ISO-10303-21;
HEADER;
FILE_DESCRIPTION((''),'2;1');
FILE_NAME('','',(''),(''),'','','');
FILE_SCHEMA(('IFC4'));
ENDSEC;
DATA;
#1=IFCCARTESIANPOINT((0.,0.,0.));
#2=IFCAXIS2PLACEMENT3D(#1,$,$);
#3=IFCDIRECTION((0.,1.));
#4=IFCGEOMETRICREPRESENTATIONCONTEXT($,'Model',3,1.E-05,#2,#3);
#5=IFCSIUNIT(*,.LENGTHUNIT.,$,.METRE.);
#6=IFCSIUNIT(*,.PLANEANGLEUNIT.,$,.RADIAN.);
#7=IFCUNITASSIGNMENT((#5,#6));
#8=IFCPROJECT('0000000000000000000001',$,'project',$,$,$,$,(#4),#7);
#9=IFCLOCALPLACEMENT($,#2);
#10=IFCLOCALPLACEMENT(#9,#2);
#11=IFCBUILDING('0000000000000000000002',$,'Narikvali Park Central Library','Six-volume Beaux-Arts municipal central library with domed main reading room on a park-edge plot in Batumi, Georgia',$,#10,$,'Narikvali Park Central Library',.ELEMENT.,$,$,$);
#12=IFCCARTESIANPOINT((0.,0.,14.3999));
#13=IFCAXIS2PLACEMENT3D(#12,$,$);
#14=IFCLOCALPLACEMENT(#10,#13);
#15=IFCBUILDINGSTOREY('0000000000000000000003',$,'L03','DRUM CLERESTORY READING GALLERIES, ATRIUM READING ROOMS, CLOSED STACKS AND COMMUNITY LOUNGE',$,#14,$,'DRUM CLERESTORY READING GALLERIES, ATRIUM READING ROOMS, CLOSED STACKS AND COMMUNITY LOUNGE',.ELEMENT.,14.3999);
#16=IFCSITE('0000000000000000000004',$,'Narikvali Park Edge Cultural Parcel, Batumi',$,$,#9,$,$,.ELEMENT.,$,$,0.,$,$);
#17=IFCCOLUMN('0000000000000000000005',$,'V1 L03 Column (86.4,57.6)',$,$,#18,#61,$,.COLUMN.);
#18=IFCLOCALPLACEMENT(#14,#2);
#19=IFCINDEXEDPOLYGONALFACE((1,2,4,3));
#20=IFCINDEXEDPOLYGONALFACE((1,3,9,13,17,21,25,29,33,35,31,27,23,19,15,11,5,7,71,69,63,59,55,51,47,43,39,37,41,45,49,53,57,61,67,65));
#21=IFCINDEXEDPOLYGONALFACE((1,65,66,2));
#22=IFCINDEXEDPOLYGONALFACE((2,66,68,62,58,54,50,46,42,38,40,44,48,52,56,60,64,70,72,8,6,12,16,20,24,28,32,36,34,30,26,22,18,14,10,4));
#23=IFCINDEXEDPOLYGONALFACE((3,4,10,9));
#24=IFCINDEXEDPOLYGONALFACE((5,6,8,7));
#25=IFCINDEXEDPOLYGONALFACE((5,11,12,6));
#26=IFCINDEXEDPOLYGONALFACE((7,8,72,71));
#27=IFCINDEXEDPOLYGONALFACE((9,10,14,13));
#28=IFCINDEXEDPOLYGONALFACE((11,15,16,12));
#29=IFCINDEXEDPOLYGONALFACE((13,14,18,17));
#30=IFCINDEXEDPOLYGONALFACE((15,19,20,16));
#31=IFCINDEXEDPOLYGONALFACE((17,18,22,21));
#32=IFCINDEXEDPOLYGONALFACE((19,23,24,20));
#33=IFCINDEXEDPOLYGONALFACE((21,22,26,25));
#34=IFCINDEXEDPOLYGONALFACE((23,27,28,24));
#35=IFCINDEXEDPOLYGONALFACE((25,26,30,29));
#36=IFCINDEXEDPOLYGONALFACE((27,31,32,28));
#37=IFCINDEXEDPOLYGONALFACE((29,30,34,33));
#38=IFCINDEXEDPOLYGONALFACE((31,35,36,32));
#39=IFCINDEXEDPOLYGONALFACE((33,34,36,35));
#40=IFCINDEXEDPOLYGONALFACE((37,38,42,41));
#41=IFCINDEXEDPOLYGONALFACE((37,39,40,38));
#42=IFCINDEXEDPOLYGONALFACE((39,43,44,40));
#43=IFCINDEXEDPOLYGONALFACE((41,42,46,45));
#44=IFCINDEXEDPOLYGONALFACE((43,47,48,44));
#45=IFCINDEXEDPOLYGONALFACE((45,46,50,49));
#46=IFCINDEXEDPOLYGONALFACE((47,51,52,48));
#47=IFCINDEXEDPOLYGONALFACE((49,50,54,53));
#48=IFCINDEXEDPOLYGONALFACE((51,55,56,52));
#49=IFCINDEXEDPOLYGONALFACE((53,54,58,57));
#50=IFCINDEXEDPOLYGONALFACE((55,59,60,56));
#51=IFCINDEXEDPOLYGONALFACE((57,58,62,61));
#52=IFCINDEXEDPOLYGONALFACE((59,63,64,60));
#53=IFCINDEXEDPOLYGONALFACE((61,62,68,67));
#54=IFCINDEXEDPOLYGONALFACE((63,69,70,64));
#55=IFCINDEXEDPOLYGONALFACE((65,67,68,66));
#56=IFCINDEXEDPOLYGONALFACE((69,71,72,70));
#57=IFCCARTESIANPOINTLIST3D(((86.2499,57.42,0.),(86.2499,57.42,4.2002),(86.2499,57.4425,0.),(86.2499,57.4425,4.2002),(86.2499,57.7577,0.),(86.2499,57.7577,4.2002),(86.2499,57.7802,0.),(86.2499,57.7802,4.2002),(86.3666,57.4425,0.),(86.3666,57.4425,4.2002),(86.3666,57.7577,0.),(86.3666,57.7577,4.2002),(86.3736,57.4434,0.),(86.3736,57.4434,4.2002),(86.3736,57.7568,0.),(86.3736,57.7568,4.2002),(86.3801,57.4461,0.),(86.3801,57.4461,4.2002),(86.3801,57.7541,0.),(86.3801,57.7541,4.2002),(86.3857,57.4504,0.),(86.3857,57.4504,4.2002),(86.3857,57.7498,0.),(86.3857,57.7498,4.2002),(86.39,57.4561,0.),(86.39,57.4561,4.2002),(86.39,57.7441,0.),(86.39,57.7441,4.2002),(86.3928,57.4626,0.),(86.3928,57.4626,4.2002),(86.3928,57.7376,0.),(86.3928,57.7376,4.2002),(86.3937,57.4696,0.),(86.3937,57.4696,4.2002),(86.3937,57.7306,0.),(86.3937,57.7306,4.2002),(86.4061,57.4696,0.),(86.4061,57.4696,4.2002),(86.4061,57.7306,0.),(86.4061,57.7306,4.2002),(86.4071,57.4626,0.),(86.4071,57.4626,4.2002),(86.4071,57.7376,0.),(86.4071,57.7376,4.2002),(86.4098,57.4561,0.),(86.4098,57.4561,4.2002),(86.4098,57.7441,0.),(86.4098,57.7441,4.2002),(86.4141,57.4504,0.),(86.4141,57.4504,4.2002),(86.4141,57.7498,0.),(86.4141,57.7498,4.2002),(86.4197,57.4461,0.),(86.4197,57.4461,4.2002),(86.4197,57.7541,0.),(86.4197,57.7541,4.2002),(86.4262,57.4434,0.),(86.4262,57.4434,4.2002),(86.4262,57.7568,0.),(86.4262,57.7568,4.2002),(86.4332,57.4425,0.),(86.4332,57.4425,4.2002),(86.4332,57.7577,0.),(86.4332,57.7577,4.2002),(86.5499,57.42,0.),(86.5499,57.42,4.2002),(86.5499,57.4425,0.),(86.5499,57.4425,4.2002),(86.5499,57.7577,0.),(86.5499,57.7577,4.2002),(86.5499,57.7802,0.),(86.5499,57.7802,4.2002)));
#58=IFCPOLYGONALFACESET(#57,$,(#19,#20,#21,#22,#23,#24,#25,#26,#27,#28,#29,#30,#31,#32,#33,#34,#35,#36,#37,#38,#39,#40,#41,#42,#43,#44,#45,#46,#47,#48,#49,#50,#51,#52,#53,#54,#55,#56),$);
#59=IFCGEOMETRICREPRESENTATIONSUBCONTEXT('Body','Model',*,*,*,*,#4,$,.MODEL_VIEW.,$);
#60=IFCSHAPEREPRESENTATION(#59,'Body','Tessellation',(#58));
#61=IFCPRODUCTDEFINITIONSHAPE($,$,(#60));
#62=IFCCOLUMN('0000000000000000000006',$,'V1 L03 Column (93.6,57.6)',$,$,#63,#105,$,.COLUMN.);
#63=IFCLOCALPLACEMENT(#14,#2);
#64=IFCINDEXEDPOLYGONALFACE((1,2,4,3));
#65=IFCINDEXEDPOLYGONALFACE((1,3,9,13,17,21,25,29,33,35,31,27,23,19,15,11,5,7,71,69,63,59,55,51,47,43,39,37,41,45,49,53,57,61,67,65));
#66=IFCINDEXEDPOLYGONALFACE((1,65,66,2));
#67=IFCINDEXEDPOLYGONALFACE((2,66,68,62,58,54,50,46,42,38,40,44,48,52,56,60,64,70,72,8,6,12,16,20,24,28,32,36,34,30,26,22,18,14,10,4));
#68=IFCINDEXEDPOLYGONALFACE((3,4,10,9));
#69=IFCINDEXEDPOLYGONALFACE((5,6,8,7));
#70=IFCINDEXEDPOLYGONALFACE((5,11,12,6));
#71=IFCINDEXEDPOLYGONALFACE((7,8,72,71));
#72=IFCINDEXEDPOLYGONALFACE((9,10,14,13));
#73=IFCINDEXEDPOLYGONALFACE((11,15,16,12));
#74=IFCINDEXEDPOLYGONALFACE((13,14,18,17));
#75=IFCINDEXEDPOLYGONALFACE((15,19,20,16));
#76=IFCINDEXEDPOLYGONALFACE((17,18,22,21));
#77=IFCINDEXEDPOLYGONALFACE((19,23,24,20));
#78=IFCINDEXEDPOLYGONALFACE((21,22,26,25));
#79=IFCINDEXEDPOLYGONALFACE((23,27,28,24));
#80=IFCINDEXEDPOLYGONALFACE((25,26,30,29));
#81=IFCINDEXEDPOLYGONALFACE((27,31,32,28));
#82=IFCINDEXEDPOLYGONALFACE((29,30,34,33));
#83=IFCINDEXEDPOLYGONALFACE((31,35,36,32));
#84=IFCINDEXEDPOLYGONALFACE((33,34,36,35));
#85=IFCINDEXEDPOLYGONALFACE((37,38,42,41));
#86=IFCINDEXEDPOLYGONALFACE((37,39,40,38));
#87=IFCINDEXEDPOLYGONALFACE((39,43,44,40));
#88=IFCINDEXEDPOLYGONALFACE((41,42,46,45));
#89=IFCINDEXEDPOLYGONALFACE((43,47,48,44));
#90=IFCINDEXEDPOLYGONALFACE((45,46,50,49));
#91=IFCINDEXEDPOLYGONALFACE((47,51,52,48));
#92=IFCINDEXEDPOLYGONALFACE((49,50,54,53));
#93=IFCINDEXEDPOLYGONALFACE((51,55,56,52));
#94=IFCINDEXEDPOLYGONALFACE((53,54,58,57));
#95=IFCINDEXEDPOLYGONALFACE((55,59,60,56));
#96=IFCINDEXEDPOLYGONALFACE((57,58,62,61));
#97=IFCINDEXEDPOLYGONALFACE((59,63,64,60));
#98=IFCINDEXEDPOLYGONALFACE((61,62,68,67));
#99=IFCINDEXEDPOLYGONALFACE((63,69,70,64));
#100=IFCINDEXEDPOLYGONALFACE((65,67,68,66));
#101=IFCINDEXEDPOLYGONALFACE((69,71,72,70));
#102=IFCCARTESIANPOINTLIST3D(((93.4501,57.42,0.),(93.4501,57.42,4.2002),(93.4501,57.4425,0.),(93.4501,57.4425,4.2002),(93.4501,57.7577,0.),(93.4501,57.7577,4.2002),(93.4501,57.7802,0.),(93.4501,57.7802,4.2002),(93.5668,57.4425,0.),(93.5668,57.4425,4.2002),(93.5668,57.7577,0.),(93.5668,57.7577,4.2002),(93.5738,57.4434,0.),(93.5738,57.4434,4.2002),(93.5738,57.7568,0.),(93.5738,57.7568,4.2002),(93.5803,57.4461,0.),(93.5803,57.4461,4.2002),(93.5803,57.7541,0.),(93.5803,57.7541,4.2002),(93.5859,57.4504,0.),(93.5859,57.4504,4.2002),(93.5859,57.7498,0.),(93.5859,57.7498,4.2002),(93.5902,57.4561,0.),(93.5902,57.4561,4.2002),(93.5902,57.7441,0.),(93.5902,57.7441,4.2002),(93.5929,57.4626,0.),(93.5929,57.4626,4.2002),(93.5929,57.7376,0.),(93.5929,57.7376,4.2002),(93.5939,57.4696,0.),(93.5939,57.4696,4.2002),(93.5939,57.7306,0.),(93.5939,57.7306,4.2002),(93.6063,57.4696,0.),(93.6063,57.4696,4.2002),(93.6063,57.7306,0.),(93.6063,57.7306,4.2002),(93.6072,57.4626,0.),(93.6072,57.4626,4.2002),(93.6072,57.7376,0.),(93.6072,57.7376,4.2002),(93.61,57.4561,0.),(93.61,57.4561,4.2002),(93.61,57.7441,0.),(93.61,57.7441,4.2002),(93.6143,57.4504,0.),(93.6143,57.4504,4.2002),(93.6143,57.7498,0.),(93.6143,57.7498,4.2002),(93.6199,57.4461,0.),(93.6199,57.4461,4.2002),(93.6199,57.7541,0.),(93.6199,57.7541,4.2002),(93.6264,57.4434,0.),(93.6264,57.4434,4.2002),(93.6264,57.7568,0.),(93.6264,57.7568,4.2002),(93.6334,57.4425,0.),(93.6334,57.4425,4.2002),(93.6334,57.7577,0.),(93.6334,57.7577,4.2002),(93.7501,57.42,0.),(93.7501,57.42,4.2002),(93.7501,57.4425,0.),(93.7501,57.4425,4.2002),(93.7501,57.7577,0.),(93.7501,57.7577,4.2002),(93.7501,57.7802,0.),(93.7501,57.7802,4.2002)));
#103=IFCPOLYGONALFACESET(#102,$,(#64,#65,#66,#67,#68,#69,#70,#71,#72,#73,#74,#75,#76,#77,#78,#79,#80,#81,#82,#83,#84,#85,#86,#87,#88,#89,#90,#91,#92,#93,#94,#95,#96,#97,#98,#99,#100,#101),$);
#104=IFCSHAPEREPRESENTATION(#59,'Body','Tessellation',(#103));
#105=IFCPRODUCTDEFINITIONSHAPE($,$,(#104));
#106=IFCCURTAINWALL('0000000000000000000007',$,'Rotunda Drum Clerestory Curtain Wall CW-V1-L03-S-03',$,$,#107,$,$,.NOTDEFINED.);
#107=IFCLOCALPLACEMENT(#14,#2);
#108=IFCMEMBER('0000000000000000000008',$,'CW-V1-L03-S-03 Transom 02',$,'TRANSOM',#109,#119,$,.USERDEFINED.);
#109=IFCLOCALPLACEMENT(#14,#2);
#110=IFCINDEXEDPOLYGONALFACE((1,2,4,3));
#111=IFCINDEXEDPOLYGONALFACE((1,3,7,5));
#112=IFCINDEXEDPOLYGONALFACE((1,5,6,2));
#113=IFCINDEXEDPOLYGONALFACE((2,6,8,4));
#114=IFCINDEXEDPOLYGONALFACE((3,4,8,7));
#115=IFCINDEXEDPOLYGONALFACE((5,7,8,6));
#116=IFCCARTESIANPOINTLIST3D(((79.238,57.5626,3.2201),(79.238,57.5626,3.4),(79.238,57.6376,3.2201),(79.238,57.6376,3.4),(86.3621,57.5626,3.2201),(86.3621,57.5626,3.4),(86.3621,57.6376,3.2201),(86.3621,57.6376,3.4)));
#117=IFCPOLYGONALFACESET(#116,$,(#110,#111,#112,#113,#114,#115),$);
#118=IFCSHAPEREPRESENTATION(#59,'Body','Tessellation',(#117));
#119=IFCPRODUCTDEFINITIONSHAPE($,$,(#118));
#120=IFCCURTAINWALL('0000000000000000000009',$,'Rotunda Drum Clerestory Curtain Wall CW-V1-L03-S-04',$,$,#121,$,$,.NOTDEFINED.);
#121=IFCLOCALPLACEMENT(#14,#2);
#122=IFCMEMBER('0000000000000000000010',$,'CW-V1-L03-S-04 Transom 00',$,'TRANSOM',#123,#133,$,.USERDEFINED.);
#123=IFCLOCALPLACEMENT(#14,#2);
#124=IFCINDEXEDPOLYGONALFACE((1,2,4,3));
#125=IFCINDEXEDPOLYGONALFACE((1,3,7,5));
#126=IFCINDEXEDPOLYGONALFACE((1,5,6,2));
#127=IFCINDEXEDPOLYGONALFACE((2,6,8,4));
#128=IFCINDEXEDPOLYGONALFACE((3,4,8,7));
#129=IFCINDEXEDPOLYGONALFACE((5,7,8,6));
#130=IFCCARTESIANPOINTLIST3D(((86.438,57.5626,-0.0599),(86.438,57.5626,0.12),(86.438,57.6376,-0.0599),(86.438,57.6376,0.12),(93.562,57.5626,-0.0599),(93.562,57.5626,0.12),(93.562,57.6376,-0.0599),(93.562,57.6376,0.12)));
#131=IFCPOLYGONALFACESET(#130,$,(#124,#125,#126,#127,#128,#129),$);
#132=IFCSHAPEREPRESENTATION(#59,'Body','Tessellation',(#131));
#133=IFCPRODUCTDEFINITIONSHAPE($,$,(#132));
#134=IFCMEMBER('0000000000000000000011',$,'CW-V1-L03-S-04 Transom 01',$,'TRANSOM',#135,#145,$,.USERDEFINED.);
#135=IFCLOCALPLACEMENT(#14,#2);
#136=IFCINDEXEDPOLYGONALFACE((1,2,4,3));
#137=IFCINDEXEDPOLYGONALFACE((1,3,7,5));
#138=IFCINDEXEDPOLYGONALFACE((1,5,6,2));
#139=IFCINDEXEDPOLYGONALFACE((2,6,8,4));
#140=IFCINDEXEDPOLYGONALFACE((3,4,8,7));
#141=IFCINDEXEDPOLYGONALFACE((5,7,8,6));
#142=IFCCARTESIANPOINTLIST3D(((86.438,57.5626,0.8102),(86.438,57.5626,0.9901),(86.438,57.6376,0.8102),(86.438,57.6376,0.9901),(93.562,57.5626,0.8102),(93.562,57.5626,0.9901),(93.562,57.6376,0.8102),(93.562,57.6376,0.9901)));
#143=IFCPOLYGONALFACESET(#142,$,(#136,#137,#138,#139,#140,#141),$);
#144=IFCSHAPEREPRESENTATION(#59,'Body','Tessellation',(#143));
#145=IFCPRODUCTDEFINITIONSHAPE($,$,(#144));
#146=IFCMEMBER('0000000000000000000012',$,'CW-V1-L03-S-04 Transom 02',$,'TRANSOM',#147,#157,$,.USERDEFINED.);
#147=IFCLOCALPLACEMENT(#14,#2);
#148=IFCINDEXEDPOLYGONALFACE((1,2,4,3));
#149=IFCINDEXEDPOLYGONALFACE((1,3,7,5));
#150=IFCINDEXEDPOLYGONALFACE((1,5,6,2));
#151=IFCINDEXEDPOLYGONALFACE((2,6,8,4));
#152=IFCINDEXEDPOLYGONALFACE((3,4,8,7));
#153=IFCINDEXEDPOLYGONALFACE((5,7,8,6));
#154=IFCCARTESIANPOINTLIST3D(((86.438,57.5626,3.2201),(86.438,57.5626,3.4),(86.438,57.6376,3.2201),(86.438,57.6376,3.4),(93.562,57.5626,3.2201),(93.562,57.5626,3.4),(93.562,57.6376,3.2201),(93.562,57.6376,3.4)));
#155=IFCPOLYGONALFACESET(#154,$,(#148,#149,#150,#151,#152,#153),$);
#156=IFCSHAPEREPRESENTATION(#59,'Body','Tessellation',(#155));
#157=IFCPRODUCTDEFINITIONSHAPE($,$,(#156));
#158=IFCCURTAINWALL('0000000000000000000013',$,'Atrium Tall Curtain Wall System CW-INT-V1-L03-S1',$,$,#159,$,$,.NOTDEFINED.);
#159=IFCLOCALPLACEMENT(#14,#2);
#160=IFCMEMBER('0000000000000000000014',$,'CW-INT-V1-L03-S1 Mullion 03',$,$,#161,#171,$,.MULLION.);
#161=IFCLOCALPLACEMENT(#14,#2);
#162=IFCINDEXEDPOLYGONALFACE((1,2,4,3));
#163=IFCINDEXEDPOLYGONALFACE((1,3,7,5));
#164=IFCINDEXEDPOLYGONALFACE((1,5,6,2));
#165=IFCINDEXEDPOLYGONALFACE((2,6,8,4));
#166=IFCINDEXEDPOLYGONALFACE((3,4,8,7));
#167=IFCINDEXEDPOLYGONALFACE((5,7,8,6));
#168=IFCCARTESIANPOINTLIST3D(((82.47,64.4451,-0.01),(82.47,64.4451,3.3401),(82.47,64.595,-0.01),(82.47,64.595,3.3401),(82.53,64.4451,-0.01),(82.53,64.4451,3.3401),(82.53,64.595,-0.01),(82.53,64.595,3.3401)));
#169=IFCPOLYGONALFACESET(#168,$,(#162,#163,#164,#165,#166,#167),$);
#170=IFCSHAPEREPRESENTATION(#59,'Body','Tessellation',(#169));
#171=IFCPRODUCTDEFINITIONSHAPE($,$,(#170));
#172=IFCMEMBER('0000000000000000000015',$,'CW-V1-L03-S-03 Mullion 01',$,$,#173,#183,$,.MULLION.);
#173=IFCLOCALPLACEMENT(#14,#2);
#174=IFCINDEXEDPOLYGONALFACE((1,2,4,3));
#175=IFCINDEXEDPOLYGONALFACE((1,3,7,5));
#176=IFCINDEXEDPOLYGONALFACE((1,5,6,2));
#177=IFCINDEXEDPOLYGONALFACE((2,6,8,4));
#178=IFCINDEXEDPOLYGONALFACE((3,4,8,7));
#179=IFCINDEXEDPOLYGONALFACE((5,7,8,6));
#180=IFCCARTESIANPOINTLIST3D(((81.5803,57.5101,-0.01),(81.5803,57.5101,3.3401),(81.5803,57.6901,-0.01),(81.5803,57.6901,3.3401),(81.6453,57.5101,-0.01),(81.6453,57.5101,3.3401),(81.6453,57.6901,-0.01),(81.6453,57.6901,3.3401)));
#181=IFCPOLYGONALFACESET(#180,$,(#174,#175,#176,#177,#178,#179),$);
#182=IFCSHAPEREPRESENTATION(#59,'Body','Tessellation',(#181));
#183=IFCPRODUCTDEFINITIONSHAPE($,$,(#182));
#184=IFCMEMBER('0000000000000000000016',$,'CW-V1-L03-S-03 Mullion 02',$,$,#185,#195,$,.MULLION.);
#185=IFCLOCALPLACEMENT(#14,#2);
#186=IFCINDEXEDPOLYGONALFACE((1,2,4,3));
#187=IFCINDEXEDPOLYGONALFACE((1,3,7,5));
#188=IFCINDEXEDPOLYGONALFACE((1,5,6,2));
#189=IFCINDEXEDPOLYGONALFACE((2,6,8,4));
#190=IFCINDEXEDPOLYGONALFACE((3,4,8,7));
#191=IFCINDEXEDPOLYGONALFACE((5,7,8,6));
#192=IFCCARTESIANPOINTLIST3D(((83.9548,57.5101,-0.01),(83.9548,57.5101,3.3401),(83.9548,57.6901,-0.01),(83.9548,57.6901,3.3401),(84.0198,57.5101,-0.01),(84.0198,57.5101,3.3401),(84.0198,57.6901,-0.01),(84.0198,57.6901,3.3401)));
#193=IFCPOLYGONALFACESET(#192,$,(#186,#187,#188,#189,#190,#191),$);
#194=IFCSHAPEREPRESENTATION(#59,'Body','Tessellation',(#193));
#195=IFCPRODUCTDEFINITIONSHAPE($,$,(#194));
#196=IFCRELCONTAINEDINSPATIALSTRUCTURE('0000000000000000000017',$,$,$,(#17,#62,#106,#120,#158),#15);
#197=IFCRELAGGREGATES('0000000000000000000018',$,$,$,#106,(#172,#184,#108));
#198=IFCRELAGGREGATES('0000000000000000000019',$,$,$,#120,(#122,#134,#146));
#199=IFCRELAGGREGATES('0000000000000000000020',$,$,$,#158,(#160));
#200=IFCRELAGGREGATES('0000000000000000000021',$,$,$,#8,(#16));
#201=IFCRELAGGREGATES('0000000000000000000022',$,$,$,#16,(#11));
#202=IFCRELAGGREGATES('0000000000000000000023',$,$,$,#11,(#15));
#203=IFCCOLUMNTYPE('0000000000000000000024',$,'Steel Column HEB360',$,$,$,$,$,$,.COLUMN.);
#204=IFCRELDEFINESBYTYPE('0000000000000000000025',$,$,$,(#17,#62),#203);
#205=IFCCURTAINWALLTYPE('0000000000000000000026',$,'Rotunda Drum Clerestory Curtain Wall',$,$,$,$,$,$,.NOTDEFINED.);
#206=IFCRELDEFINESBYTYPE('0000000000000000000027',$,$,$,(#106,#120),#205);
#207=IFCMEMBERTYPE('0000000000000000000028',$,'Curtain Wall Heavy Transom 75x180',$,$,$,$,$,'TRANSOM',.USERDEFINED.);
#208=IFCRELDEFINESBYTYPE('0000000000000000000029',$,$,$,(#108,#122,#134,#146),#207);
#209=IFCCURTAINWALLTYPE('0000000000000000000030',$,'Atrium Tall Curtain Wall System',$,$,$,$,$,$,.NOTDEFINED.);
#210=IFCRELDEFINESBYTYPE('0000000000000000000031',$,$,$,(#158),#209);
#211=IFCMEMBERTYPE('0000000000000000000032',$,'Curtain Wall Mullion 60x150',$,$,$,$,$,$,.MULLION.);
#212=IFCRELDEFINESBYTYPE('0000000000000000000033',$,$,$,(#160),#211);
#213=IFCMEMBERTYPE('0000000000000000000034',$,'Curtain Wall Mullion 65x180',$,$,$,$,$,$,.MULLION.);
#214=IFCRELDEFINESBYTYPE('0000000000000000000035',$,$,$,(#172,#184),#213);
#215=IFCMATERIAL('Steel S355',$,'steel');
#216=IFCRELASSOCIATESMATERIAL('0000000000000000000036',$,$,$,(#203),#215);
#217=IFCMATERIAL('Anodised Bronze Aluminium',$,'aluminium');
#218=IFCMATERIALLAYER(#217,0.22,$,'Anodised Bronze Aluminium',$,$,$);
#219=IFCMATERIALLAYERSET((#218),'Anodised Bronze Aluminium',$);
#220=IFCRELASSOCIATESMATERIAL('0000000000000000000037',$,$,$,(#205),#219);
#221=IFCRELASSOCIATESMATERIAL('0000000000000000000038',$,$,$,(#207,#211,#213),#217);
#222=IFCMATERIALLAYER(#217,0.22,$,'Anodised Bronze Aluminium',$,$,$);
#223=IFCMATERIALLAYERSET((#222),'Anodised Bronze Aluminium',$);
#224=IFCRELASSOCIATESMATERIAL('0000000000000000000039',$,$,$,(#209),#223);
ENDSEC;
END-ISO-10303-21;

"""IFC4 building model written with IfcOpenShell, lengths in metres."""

from ifc_helpers import new_model, si_unit, direction, frame, origin, origin_2d, place, context, subcontext, project, spatial, rectangle, i_section, extrude, material, layer, layer_set, material_profile, profile_set, type_object, element, aggregate, save


model = new_model("IFC4")

# Units and contexts
model_context = context("Model", 3, precision=1e-05, world=origin(), true_north=direction((0.0, 1.0)))
body_context = subcontext(model_context, "Body", "Model", "MODEL_VIEW")
ifc_project = project(units=[si_unit("LENGTHUNIT", "METRE"), si_unit("PLANEANGLEUNIT", "RADIAN")], contexts=[model_context])

# Site, building, storey
site_placement = place(None, origin())
site = spatial("IfcSite", under=ifc_project, at=site_placement, Name="Narikvali Park Edge Cultural Parcel, Batumi", CompositionType="ELEMENT", RefElevation=0.0)
building_placement = place(site_placement, origin())
building = spatial("IfcBuilding", under=site, at=building_placement, Name="Narikvali Park Central Library", Description="Six-volume Beaux-Arts municipal central library with domed main reading room on a park-edge plot in Batumi, Georgia", LongName="Narikvali Park Central Library", CompositionType="ELEMENT")
storey_placement = place(building_placement, frame((0.0, 0.0, 14.3999)))
storey = spatial("IfcBuildingStorey", under=building, at=storey_placement, Name="L03", Description="DRUM CLERESTORY READING GALLERIES, ATRIUM READING ROOMS, CLOSED STACKS AND COMMUNITY LOUNGE", LongName="DRUM CLERESTORY READING GALLERIES, ATRIUM READING ROOMS, CLOSED STACKS AND COMMUNITY LOUNGE", CompositionType="ELEMENT", Elevation=14.3999)

# Columns
ifc_material_1 = material(Name="Steel S355", Category="steel")
ifc_material_profile_1 = material_profile(ifc_material_1, i_section(OverallWidth=0.3, OverallDepth=0.3601, WebThickness=0.0125, FlangeThickness=0.0225, FilletRadius=0.0271, at=origin_2d()), Name="HEB 360")
ifc_profile_set_1 = profile_set([ifc_material_profile_1], Name="Steel S355")
column_type = type_object("IfcColumnType", Name="Steel Column HEB360", PredefinedType="COLUMN", material=ifc_profile_set_1)
for number, where, z_axis, x_axis, name in (
    (1, (86.3999, 57.6001, 0.0), (0.0, 0.0, 1.0), (1.0, 0.0, 0.0), "V1 L03 Column (86.4,57.6)"),
    (2, (93.6001, 57.6001, 0.0), (0.0, 0.0, 1.0), (1.0, 0.0, 0.0), "V1 L03 Column (93.6,57.6)"),
):
    element("IfcColumn", number, at=place(storey_placement, frame(where, z_axis=z_axis, x_axis=x_axis)), inside=storey, type_object=column_type, Name=name, PredefinedType="COLUMN", context=body_context, shape_type="SweptSolid", body=[
        extrude(i_section(OverallWidth=0.3, OverallDepth=0.3601, WebThickness=0.0125, FlangeThickness=0.0225, FilletRadius=0.0271, at=origin_2d()), origin(), (0.0, 0.0, 1.0), 4.2002),
    ])

# Curtain wall, member
ifc_material_2 = material(Name="Anodised Bronze Aluminium", Category="aluminium")
ifc_layer_1 = layer(ifc_material_2, 0.22, Name="Anodised Bronze Aluminium")
ifc_layer_set_1 = layer_set([ifc_layer_1], Name="Anodised Bronze Aluminium")
curtain_wall_type_1 = type_object("IfcCurtainWallType", Name="Rotunda Drum Clerestory Curtain Wall", PredefinedType="NOTDEFINED", material=ifc_layer_set_1)
curtain_wall_1_placement = place(storey_placement, origin())
curtain_wall_1 = element("IfcCurtainWall", 3, at=curtain_wall_1_placement, inside=storey, type_object=curtain_wall_type_1, Name="Rotunda Drum Clerestory Curtain Wall CW-V1-L03-S-03", PredefinedType="NOTDEFINED")
ifc_material_profile_2 = material_profile(ifc_material_2, rectangle(XDim=0.075, YDim=0.1799, at=origin_2d()), Name="CW TRANSOM 75x180")
ifc_profile_set_2 = profile_set([ifc_material_profile_2], Name="Anodised Bronze Aluminium")
member_type_1 = type_object("IfcMemberType", Name="Curtain Wall Heavy Transom 75x180", ElementType="TRANSOM", PredefinedType="USERDEFINED", material=ifc_profile_set_2)
member_1_placement = place(storey_placement, frame((79.238, 57.6001, 3.3101), z_axis=(1.0, 0.0, 0.0), x_axis=(0.0, 1.0, 0.0)))
member_1 = element("IfcMember", 4, at=member_1_placement, type_object=member_type_1, Name="CW-V1-L03-S-03 Transom 02", ObjectType="TRANSOM", PredefinedType="USERDEFINED", context=body_context, shape_type="SweptSolid", body=[
    extrude(rectangle(XDim=0.075, YDim=0.1799, at=origin_2d()), origin(), (0.0, 0.0, 1.0), 7.124),
])

# Curtain wall, members
curtain_wall_2_placement = place(storey_placement, origin())
curtain_wall_2 = element("IfcCurtainWall", 5, at=curtain_wall_2_placement, inside=storey, type_object=curtain_wall_type_1, Name="Rotunda Drum Clerestory Curtain Wall CW-V1-L03-S-04", PredefinedType="NOTDEFINED")
member_2_placement = place(storey_placement, frame((86.438, 57.6001, 0.03), z_axis=(1.0, 0.0, 0.0), x_axis=(0.0, 1.0, 0.0)))
member_2 = element("IfcMember", 6, at=member_2_placement, type_object=member_type_1, Name="CW-V1-L03-S-04 Transom 00", ObjectType="TRANSOM", PredefinedType="USERDEFINED", context=body_context, shape_type="SweptSolid", body=[
    extrude(rectangle(XDim=0.075, YDim=0.1799, at=origin_2d()), origin(), (0.0, 0.0, 1.0), 7.124),
])
member_3_placement = place(storey_placement, frame((86.438, 57.6001, 0.9001), z_axis=(1.0, 0.0, 0.0), x_axis=(0.0, 1.0, 0.0)))
member_3 = element("IfcMember", 7, at=member_3_placement, type_object=member_type_1, Name="CW-V1-L03-S-04 Transom 01", ObjectType="TRANSOM", PredefinedType="USERDEFINED", context=body_context, shape_type="SweptSolid", body=[
    extrude(rectangle(XDim=0.075, YDim=0.1799, at=origin_2d()), origin(), (0.0, 0.0, 1.0), 7.124),
])
member_4_placement = place(storey_placement, frame((86.438, 57.6001, 3.3101), z_axis=(1.0, 0.0, 0.0), x_axis=(0.0, 1.0, 0.0)))
member_4 = element("IfcMember", 8, at=member_4_placement, type_object=member_type_1, Name="CW-V1-L03-S-04 Transom 02", ObjectType="TRANSOM", PredefinedType="USERDEFINED", context=body_context, shape_type="SweptSolid", body=[
    extrude(rectangle(XDim=0.075, YDim=0.1799, at=origin_2d()), origin(), (0.0, 0.0, 1.0), 7.124),
])

# Curtain wall, member
ifc_layer_2 = layer(ifc_material_2, 0.22, Name="Anodised Bronze Aluminium")
ifc_layer_set_2 = layer_set([ifc_layer_2], Name="Anodised Bronze Aluminium")
curtain_wall_type_2 = type_object("IfcCurtainWallType", Name="Atrium Tall Curtain Wall System", PredefinedType="NOTDEFINED", material=ifc_layer_set_2)
curtain_wall_3_placement = place(storey_placement, origin())
curtain_wall_3 = element("IfcCurtainWall", 9, at=curtain_wall_3_placement, inside=storey, type_object=curtain_wall_type_2, Name="Atrium Tall Curtain Wall System CW-INT-V1-L03-S1", PredefinedType="NOTDEFINED")
ifc_material_profile_3 = material_profile(ifc_material_2, rectangle(XDim=0.0601, YDim=0.1499, at=origin_2d()), Name="CW MULLION 60x150")
ifc_profile_set_3 = profile_set([ifc_material_profile_3], Name="Anodised Bronze Aluminium")
member_type_2 = type_object("IfcMemberType", Name="Curtain Wall Mullion 60x150", PredefinedType="MULLION", material=ifc_profile_set_3)
member_5_placement = place(storey_placement, frame((82.5, 64.52, -0.01), z_axis=(0.0, 0.0, 1.0), x_axis=(1.0, 0.0, 0.0)))
member_5 = element("IfcMember", 10, at=member_5_placement, type_object=member_type_2, Name="CW-INT-V1-L03-S1 Mullion 03", PredefinedType="MULLION", context=body_context, shape_type="SweptSolid", body=[
    extrude(rectangle(XDim=0.0601, YDim=0.1499, at=origin_2d()), origin(), (0.0, 0.0, 1.0), 3.3501),
])

# Members
ifc_material_profile_4 = material_profile(ifc_material_2, rectangle(XDim=0.0649, YDim=0.1799, at=origin_2d()), Name="CW MULLION 65x180")
ifc_profile_set_4 = profile_set([ifc_material_profile_4], Name="Anodised Bronze Aluminium")
member_type_3 = type_object("IfcMemberType", Name="Curtain Wall Mullion 65x180", PredefinedType="MULLION", material=ifc_profile_set_4)
member_6_placement = place(storey_placement, frame((81.6128, 57.6001, -0.01), z_axis=(0.0, 0.0, 1.0), x_axis=(1.0, 0.0, 0.0)))
member_6 = element("IfcMember", 11, at=member_6_placement, type_object=member_type_3, Name="CW-V1-L03-S-03 Mullion 01", PredefinedType="MULLION", context=body_context, shape_type="SweptSolid", body=[
    extrude(rectangle(XDim=0.0649, YDim=0.1799, at=origin_2d()), origin(), (0.0, 0.0, 1.0), 3.3501),
])
member_7_placement = place(storey_placement, frame((83.9873, 57.6001, -0.01), z_axis=(0.0, 0.0, 1.0), x_axis=(1.0, 0.0, 0.0)))
member_7 = element("IfcMember", 12, at=member_7_placement, type_object=member_type_3, Name="CW-V1-L03-S-03 Mullion 02", PredefinedType="MULLION", context=body_context, shape_type="SweptSolid", body=[
    extrude(rectangle(XDim=0.0649, YDim=0.1799, at=origin_2d()), origin(), (0.0, 0.0, 1.0), 3.3501),
])

aggregate(curtain_wall_1, [member_6, member_7, member_1])
aggregate(curtain_wall_2, [member_2, member_3, member_4])
aggregate(curtain_wall_3, [member_5])

save(model, "model.ifc")
